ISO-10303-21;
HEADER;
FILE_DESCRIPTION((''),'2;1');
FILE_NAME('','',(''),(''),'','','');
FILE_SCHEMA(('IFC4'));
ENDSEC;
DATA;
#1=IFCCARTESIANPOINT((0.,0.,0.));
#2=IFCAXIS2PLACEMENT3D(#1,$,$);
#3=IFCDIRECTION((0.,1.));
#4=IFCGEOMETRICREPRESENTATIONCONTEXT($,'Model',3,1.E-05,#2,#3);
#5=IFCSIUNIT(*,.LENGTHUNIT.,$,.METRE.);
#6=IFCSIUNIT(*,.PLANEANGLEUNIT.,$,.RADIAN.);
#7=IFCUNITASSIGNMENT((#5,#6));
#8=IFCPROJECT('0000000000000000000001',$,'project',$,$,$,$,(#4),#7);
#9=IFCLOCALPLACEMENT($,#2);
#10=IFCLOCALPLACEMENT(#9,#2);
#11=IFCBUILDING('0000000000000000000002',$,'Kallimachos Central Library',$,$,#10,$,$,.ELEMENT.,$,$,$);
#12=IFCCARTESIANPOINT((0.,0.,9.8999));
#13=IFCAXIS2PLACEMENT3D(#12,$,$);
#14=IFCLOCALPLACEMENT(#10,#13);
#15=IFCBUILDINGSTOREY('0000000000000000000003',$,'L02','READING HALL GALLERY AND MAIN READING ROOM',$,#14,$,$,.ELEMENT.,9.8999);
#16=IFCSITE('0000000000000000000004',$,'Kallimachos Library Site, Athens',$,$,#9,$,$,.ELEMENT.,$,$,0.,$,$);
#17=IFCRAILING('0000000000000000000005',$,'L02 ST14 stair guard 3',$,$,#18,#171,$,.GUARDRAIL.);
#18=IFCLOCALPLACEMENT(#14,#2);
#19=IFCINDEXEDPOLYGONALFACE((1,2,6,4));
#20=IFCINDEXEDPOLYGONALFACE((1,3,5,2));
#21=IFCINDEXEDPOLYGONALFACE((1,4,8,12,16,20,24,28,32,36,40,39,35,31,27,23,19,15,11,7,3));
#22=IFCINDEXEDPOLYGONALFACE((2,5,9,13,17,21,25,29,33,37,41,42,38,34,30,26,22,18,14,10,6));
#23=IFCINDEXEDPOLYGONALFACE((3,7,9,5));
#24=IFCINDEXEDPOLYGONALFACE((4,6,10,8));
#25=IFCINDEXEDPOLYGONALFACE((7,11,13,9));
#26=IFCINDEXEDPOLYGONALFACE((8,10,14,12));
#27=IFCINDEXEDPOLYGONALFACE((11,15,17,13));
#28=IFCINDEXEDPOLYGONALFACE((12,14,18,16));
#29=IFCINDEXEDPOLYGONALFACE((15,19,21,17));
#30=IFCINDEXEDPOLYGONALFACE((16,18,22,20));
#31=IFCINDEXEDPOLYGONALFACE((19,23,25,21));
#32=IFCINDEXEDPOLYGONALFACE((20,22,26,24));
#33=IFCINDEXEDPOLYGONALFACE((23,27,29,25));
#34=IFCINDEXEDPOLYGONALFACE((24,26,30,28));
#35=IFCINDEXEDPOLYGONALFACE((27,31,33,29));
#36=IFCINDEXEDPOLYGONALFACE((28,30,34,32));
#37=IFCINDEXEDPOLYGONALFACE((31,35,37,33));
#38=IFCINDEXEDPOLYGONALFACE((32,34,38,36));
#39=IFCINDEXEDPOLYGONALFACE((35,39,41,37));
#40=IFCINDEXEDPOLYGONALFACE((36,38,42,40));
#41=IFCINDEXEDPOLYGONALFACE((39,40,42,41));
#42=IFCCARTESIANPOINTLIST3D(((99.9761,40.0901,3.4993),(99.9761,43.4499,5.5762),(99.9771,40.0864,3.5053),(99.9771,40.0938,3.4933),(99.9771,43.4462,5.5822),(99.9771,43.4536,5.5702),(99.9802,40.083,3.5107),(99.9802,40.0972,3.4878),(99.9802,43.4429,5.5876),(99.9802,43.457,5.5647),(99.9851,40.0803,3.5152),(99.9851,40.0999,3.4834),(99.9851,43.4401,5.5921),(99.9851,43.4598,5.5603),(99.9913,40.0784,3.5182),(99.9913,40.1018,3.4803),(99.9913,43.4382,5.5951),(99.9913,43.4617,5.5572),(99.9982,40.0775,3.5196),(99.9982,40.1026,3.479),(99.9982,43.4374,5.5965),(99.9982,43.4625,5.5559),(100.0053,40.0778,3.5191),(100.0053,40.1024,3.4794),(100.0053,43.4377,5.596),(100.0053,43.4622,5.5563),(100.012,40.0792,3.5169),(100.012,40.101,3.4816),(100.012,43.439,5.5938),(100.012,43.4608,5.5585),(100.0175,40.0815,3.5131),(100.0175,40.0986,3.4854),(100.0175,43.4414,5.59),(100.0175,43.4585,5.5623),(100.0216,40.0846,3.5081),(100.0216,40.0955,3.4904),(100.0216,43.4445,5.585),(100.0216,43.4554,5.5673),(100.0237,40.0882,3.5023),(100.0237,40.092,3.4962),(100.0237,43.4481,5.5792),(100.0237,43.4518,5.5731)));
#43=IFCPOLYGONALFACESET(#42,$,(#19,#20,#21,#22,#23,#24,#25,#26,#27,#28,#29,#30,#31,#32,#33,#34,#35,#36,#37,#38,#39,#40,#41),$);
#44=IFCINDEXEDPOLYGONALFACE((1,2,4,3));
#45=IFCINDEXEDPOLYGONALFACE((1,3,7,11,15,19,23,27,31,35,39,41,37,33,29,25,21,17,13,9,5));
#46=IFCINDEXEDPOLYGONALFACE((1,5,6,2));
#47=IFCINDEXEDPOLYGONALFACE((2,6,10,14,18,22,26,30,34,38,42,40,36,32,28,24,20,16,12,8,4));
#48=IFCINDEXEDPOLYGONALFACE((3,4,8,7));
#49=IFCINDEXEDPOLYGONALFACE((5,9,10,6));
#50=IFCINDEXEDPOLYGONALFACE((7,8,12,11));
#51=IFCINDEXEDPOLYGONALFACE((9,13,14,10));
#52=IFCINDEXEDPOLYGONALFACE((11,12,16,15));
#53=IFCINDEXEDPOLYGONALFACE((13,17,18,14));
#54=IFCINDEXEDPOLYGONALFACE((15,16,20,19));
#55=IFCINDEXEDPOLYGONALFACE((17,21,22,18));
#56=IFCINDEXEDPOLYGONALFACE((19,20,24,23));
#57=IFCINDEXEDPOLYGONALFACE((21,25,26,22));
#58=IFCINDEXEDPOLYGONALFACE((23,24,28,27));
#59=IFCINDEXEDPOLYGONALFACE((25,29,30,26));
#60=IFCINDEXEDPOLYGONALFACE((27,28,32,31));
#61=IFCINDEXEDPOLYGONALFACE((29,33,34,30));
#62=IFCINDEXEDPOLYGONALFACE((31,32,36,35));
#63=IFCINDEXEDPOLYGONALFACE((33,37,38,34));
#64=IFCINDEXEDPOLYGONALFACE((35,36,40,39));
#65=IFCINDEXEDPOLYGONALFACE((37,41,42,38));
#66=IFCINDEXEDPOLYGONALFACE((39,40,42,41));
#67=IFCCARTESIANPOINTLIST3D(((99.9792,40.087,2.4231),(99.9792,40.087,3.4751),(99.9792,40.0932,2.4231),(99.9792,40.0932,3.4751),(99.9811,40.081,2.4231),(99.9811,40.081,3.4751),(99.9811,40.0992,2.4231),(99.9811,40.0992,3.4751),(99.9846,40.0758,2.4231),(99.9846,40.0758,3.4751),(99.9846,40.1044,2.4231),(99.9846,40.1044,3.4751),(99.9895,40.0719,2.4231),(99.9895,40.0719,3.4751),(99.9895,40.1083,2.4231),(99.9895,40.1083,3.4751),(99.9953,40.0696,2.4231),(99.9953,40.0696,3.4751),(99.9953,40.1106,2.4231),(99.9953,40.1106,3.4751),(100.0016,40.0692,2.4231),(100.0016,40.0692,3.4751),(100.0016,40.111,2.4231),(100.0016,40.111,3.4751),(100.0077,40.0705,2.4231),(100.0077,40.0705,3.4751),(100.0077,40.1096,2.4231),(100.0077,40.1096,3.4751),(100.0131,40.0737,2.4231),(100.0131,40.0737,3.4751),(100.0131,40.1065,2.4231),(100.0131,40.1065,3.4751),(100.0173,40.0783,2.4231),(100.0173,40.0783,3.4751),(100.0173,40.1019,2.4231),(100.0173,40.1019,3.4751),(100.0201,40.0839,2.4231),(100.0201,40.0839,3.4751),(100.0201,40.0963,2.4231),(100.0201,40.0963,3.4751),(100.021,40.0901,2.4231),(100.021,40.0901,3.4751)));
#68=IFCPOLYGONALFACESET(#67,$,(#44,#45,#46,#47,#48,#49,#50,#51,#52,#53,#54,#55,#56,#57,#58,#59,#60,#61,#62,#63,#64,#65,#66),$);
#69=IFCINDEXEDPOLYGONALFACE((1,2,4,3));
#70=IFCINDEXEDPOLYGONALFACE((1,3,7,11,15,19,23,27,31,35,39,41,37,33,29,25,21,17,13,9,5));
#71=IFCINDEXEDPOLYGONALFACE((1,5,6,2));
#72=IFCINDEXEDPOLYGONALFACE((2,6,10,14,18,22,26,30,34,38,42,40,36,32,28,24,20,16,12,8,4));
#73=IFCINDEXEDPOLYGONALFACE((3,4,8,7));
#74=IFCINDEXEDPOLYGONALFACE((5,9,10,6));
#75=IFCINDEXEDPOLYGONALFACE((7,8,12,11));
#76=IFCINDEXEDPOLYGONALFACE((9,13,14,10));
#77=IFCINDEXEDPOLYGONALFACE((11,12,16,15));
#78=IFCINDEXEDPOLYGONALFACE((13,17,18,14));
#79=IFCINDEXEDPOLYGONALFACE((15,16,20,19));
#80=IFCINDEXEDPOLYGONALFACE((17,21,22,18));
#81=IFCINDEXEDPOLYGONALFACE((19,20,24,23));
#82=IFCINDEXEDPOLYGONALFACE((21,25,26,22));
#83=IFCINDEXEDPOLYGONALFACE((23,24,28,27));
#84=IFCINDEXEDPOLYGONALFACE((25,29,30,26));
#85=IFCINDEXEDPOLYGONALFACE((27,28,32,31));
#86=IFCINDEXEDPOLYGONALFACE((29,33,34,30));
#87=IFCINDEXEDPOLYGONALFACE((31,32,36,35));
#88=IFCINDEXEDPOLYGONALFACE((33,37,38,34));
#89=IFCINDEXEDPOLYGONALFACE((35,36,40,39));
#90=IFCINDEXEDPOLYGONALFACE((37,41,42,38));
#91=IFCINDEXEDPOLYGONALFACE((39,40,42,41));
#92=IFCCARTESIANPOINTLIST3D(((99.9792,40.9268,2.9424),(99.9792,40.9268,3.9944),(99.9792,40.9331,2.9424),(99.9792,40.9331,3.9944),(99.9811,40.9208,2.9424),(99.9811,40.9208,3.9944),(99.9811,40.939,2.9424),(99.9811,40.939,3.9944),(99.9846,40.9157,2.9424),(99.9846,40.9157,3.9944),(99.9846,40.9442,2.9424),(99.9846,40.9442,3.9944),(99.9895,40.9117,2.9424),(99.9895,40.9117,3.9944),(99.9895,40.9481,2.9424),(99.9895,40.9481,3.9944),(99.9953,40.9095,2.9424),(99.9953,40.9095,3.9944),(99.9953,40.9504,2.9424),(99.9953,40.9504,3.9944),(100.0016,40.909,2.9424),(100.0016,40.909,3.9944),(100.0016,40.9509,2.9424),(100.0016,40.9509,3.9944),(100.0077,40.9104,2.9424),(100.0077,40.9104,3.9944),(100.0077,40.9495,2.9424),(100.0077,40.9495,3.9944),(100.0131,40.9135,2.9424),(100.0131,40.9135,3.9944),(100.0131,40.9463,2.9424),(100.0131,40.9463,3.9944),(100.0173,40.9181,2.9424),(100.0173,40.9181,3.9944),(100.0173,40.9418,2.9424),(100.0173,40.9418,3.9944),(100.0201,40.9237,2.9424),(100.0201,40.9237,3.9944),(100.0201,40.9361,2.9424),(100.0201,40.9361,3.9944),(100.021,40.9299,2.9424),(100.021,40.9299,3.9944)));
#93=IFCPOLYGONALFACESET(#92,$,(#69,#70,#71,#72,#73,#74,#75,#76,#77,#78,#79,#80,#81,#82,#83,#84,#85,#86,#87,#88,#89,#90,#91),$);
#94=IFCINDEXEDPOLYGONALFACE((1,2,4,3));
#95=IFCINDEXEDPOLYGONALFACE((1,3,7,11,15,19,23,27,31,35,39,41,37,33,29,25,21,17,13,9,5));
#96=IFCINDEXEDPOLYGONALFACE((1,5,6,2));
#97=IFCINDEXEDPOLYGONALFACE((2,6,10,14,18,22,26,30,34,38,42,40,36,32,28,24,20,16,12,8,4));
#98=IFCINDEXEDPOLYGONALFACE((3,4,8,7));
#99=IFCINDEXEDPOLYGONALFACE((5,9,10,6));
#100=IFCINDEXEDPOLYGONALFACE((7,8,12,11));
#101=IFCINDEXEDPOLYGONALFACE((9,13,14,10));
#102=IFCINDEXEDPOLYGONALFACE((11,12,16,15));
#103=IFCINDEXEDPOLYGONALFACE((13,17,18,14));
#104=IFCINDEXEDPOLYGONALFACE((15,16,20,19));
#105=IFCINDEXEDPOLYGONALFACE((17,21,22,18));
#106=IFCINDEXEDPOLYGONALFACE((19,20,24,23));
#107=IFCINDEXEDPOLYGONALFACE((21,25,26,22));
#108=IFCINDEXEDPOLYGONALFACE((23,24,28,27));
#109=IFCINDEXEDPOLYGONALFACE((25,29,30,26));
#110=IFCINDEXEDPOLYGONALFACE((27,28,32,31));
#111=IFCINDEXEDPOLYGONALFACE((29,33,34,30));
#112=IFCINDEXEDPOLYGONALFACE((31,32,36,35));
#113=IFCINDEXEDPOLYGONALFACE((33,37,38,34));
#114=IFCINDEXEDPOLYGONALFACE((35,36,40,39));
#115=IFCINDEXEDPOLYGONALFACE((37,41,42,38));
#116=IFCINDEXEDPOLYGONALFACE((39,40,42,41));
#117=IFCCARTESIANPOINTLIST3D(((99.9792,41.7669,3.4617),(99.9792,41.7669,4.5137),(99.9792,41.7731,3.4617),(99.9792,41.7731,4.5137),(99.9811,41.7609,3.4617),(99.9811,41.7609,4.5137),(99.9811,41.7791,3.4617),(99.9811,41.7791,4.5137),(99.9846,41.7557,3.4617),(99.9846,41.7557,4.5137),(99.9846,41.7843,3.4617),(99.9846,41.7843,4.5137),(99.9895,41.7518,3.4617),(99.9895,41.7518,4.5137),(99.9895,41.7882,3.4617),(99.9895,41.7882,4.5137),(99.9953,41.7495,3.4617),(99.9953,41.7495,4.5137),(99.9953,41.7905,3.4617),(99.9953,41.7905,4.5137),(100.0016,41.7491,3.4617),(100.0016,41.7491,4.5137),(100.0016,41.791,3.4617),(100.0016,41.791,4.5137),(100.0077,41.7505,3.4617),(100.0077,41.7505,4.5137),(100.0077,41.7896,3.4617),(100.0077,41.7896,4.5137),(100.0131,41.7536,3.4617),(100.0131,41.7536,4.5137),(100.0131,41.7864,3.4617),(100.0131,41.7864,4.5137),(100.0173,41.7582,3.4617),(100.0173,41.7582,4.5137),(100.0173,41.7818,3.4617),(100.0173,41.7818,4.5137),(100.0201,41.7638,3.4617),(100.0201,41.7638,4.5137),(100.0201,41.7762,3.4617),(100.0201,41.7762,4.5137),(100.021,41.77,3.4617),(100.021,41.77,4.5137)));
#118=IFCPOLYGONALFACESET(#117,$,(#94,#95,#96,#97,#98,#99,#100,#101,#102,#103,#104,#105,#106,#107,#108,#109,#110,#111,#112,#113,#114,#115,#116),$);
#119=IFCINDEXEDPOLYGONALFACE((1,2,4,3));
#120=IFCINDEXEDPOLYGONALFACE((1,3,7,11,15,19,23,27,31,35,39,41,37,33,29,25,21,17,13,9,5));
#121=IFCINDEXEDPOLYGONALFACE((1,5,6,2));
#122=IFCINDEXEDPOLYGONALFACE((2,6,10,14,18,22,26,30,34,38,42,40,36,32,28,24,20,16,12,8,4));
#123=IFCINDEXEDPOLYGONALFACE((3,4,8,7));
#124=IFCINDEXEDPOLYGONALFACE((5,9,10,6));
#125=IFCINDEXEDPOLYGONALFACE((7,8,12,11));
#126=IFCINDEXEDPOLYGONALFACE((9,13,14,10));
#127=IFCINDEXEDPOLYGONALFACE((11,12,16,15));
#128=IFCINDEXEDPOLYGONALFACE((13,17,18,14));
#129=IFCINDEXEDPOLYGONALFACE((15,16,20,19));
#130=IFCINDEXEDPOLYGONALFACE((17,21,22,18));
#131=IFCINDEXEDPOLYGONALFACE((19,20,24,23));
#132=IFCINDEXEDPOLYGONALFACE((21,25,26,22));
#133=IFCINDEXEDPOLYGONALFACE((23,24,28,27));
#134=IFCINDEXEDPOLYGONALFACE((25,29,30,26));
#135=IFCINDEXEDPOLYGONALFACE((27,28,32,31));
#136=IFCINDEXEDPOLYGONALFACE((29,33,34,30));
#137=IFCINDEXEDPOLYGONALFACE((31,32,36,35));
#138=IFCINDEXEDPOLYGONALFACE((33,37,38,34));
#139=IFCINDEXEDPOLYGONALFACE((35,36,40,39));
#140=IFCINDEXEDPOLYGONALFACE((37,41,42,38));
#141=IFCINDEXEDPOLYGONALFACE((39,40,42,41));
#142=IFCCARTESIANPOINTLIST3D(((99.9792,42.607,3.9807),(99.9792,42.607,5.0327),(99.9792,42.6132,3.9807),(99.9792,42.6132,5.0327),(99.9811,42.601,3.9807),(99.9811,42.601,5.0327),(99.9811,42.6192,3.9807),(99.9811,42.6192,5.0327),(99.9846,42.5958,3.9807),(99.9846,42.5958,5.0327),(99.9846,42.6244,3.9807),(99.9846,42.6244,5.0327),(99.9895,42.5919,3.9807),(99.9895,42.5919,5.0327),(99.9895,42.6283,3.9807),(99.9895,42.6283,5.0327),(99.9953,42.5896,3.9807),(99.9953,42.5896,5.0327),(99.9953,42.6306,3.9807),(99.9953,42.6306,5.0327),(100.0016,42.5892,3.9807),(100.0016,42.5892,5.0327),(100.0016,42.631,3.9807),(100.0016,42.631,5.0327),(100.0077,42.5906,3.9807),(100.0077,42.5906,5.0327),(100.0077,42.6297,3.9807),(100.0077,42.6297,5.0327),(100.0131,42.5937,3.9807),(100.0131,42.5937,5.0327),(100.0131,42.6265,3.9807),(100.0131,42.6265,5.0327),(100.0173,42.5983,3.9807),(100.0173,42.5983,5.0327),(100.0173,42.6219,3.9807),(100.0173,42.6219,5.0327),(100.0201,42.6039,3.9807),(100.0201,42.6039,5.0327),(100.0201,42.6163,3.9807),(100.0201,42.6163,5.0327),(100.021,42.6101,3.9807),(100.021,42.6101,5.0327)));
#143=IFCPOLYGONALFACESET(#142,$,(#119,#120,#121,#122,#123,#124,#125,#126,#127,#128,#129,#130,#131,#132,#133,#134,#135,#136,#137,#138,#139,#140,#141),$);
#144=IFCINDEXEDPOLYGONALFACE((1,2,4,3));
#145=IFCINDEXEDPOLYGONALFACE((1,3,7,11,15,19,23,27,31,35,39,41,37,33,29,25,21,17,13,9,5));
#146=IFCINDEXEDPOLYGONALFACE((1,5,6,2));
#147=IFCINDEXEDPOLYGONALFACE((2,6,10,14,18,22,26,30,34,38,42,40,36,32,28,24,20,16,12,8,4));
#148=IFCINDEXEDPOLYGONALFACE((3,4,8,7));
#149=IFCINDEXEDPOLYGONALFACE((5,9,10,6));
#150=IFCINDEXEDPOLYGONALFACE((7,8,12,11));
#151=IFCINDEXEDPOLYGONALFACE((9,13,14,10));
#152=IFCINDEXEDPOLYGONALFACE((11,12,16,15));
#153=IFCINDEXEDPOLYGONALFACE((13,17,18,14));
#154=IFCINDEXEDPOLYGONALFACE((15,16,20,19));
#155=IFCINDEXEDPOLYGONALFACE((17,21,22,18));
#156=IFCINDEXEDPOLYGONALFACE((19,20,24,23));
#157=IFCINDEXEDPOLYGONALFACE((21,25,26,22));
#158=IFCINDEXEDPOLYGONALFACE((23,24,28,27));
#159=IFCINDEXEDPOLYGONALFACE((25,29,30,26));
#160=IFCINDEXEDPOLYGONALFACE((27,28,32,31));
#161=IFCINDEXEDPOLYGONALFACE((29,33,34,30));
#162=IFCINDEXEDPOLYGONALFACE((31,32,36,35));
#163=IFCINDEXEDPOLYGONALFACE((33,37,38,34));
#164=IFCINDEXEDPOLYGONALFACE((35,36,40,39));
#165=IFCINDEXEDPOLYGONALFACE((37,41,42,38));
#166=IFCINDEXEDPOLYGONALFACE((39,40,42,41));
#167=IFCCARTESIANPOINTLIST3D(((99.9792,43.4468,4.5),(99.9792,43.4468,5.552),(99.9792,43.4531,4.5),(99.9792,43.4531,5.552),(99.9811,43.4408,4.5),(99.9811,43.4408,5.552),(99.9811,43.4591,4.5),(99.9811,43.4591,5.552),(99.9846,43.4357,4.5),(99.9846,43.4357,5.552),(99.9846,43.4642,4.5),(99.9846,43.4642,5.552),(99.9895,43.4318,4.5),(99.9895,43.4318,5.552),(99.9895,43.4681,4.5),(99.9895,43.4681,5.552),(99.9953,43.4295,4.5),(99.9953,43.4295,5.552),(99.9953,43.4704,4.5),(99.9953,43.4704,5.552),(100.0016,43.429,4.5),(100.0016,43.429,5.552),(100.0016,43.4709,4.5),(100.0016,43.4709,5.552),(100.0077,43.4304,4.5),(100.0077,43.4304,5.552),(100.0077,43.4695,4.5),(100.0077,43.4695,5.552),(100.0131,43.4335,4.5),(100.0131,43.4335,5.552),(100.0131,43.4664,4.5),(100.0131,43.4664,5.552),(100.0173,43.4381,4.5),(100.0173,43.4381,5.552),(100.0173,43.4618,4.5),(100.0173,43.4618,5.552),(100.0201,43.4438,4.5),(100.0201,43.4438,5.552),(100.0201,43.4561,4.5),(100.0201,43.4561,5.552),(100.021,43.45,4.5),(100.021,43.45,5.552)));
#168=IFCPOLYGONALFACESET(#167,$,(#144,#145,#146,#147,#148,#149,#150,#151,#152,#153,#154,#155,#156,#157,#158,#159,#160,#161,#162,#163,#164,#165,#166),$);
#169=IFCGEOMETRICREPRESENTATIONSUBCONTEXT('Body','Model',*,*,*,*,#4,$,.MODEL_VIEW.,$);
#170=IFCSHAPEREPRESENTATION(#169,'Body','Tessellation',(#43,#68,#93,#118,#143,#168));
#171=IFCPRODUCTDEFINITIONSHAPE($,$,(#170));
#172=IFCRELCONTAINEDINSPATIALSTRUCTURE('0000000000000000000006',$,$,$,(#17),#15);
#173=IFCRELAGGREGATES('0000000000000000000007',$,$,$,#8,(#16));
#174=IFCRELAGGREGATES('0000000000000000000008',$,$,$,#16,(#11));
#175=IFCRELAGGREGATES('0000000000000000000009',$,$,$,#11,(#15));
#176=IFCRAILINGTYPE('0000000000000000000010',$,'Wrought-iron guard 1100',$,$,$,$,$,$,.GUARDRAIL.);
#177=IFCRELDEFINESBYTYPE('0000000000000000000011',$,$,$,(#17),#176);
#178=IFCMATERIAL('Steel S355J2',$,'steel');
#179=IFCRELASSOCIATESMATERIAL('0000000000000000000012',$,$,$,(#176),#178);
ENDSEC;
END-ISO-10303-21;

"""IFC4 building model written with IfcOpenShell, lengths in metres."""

from ifc_helpers import new_model, si_unit, direction, frame, origin, origin_2d, place, context, subcontext, project, spatial, circle, extrude, material, type_object, element, save


model = new_model("IFC4")

# Units and contexts
model_context = context("Model", 3, precision=1e-05, world=origin(), true_north=direction((0.0, 1.0)))
body_context = subcontext(model_context, "Body", "Model", "MODEL_VIEW")
ifc_project = project(units=[si_unit("LENGTHUNIT", "METRE"), si_unit("PLANEANGLEUNIT", "RADIAN")], contexts=[model_context])

# Site, building, storey
site_placement = place(None, origin())
site = spatial("IfcSite", under=ifc_project, at=site_placement, Name="Kallimachos Library Site, Athens", CompositionType="ELEMENT", RefElevation=0.0)
building_placement = place(site_placement, origin())
building = spatial("IfcBuilding", under=site, at=building_placement, Name="Kallimachos Central Library", CompositionType="ELEMENT")
storey_placement = place(building_placement, frame((0.0, 0.0, 9.8999)))
storey = spatial("IfcBuildingStorey", under=building, at=storey_placement, Name="L02", Description="READING HALL GALLERY AND MAIN READING ROOM", CompositionType="ELEMENT", Elevation=9.8999)

# Railing
ifc_material_1 = material(Name="Steel S355J2", Category="steel")
railing_type_1 = type_object("IfcRailingType", Name="Wrought-iron guard 1100", PredefinedType="GUARDRAIL", material=ifc_material_1)
railing_1_placement = place(storey_placement, frame((100.0, 40.0901, 2.4231)))
element("IfcRailing", 1, at=railing_1_placement, inside=storey, type_object=railing_type_1, Name="L02 ST14 stair guard 3", PredefinedType="GUARDRAIL", context=body_context, shape_type="SweptSolid", body=[
    extrude(circle(Radius=0.0239, at=origin_2d()), frame((0.0, 0.0, 1.0762), z_axis=(0.0, 0.850606, 0.525803), x_axis=(-1.0, 0.0, 0.0)), (0.0, 0.0, 1.0), 3.95),
    extrude(circle(Radius=0.021, at=origin_2d()), origin(), (0.0, 0.0, 1.0), 1.052),
    extrude(circle(Radius=0.021, at=origin_2d()), frame((0.0, 0.8398, 0.5193)), (0.0, 0.0, 1.0), 1.052),
    extrude(circle(Radius=0.021, at=origin_2d()), frame((0.0, 1.6799, 1.0386)), (0.0, 0.0, 1.0), 1.052),
    extrude(circle(Radius=0.021, at=origin_2d()), frame((0.0, 2.52, 1.5576)), (0.0, 0.0, 1.0), 1.052),
    extrude(circle(Radius=0.021, at=origin_2d()), frame((0.0, 3.3599, 2.0769)), (0.0, 0.0, 1.0), 1.052),
])

save(model, "model.ifc")
